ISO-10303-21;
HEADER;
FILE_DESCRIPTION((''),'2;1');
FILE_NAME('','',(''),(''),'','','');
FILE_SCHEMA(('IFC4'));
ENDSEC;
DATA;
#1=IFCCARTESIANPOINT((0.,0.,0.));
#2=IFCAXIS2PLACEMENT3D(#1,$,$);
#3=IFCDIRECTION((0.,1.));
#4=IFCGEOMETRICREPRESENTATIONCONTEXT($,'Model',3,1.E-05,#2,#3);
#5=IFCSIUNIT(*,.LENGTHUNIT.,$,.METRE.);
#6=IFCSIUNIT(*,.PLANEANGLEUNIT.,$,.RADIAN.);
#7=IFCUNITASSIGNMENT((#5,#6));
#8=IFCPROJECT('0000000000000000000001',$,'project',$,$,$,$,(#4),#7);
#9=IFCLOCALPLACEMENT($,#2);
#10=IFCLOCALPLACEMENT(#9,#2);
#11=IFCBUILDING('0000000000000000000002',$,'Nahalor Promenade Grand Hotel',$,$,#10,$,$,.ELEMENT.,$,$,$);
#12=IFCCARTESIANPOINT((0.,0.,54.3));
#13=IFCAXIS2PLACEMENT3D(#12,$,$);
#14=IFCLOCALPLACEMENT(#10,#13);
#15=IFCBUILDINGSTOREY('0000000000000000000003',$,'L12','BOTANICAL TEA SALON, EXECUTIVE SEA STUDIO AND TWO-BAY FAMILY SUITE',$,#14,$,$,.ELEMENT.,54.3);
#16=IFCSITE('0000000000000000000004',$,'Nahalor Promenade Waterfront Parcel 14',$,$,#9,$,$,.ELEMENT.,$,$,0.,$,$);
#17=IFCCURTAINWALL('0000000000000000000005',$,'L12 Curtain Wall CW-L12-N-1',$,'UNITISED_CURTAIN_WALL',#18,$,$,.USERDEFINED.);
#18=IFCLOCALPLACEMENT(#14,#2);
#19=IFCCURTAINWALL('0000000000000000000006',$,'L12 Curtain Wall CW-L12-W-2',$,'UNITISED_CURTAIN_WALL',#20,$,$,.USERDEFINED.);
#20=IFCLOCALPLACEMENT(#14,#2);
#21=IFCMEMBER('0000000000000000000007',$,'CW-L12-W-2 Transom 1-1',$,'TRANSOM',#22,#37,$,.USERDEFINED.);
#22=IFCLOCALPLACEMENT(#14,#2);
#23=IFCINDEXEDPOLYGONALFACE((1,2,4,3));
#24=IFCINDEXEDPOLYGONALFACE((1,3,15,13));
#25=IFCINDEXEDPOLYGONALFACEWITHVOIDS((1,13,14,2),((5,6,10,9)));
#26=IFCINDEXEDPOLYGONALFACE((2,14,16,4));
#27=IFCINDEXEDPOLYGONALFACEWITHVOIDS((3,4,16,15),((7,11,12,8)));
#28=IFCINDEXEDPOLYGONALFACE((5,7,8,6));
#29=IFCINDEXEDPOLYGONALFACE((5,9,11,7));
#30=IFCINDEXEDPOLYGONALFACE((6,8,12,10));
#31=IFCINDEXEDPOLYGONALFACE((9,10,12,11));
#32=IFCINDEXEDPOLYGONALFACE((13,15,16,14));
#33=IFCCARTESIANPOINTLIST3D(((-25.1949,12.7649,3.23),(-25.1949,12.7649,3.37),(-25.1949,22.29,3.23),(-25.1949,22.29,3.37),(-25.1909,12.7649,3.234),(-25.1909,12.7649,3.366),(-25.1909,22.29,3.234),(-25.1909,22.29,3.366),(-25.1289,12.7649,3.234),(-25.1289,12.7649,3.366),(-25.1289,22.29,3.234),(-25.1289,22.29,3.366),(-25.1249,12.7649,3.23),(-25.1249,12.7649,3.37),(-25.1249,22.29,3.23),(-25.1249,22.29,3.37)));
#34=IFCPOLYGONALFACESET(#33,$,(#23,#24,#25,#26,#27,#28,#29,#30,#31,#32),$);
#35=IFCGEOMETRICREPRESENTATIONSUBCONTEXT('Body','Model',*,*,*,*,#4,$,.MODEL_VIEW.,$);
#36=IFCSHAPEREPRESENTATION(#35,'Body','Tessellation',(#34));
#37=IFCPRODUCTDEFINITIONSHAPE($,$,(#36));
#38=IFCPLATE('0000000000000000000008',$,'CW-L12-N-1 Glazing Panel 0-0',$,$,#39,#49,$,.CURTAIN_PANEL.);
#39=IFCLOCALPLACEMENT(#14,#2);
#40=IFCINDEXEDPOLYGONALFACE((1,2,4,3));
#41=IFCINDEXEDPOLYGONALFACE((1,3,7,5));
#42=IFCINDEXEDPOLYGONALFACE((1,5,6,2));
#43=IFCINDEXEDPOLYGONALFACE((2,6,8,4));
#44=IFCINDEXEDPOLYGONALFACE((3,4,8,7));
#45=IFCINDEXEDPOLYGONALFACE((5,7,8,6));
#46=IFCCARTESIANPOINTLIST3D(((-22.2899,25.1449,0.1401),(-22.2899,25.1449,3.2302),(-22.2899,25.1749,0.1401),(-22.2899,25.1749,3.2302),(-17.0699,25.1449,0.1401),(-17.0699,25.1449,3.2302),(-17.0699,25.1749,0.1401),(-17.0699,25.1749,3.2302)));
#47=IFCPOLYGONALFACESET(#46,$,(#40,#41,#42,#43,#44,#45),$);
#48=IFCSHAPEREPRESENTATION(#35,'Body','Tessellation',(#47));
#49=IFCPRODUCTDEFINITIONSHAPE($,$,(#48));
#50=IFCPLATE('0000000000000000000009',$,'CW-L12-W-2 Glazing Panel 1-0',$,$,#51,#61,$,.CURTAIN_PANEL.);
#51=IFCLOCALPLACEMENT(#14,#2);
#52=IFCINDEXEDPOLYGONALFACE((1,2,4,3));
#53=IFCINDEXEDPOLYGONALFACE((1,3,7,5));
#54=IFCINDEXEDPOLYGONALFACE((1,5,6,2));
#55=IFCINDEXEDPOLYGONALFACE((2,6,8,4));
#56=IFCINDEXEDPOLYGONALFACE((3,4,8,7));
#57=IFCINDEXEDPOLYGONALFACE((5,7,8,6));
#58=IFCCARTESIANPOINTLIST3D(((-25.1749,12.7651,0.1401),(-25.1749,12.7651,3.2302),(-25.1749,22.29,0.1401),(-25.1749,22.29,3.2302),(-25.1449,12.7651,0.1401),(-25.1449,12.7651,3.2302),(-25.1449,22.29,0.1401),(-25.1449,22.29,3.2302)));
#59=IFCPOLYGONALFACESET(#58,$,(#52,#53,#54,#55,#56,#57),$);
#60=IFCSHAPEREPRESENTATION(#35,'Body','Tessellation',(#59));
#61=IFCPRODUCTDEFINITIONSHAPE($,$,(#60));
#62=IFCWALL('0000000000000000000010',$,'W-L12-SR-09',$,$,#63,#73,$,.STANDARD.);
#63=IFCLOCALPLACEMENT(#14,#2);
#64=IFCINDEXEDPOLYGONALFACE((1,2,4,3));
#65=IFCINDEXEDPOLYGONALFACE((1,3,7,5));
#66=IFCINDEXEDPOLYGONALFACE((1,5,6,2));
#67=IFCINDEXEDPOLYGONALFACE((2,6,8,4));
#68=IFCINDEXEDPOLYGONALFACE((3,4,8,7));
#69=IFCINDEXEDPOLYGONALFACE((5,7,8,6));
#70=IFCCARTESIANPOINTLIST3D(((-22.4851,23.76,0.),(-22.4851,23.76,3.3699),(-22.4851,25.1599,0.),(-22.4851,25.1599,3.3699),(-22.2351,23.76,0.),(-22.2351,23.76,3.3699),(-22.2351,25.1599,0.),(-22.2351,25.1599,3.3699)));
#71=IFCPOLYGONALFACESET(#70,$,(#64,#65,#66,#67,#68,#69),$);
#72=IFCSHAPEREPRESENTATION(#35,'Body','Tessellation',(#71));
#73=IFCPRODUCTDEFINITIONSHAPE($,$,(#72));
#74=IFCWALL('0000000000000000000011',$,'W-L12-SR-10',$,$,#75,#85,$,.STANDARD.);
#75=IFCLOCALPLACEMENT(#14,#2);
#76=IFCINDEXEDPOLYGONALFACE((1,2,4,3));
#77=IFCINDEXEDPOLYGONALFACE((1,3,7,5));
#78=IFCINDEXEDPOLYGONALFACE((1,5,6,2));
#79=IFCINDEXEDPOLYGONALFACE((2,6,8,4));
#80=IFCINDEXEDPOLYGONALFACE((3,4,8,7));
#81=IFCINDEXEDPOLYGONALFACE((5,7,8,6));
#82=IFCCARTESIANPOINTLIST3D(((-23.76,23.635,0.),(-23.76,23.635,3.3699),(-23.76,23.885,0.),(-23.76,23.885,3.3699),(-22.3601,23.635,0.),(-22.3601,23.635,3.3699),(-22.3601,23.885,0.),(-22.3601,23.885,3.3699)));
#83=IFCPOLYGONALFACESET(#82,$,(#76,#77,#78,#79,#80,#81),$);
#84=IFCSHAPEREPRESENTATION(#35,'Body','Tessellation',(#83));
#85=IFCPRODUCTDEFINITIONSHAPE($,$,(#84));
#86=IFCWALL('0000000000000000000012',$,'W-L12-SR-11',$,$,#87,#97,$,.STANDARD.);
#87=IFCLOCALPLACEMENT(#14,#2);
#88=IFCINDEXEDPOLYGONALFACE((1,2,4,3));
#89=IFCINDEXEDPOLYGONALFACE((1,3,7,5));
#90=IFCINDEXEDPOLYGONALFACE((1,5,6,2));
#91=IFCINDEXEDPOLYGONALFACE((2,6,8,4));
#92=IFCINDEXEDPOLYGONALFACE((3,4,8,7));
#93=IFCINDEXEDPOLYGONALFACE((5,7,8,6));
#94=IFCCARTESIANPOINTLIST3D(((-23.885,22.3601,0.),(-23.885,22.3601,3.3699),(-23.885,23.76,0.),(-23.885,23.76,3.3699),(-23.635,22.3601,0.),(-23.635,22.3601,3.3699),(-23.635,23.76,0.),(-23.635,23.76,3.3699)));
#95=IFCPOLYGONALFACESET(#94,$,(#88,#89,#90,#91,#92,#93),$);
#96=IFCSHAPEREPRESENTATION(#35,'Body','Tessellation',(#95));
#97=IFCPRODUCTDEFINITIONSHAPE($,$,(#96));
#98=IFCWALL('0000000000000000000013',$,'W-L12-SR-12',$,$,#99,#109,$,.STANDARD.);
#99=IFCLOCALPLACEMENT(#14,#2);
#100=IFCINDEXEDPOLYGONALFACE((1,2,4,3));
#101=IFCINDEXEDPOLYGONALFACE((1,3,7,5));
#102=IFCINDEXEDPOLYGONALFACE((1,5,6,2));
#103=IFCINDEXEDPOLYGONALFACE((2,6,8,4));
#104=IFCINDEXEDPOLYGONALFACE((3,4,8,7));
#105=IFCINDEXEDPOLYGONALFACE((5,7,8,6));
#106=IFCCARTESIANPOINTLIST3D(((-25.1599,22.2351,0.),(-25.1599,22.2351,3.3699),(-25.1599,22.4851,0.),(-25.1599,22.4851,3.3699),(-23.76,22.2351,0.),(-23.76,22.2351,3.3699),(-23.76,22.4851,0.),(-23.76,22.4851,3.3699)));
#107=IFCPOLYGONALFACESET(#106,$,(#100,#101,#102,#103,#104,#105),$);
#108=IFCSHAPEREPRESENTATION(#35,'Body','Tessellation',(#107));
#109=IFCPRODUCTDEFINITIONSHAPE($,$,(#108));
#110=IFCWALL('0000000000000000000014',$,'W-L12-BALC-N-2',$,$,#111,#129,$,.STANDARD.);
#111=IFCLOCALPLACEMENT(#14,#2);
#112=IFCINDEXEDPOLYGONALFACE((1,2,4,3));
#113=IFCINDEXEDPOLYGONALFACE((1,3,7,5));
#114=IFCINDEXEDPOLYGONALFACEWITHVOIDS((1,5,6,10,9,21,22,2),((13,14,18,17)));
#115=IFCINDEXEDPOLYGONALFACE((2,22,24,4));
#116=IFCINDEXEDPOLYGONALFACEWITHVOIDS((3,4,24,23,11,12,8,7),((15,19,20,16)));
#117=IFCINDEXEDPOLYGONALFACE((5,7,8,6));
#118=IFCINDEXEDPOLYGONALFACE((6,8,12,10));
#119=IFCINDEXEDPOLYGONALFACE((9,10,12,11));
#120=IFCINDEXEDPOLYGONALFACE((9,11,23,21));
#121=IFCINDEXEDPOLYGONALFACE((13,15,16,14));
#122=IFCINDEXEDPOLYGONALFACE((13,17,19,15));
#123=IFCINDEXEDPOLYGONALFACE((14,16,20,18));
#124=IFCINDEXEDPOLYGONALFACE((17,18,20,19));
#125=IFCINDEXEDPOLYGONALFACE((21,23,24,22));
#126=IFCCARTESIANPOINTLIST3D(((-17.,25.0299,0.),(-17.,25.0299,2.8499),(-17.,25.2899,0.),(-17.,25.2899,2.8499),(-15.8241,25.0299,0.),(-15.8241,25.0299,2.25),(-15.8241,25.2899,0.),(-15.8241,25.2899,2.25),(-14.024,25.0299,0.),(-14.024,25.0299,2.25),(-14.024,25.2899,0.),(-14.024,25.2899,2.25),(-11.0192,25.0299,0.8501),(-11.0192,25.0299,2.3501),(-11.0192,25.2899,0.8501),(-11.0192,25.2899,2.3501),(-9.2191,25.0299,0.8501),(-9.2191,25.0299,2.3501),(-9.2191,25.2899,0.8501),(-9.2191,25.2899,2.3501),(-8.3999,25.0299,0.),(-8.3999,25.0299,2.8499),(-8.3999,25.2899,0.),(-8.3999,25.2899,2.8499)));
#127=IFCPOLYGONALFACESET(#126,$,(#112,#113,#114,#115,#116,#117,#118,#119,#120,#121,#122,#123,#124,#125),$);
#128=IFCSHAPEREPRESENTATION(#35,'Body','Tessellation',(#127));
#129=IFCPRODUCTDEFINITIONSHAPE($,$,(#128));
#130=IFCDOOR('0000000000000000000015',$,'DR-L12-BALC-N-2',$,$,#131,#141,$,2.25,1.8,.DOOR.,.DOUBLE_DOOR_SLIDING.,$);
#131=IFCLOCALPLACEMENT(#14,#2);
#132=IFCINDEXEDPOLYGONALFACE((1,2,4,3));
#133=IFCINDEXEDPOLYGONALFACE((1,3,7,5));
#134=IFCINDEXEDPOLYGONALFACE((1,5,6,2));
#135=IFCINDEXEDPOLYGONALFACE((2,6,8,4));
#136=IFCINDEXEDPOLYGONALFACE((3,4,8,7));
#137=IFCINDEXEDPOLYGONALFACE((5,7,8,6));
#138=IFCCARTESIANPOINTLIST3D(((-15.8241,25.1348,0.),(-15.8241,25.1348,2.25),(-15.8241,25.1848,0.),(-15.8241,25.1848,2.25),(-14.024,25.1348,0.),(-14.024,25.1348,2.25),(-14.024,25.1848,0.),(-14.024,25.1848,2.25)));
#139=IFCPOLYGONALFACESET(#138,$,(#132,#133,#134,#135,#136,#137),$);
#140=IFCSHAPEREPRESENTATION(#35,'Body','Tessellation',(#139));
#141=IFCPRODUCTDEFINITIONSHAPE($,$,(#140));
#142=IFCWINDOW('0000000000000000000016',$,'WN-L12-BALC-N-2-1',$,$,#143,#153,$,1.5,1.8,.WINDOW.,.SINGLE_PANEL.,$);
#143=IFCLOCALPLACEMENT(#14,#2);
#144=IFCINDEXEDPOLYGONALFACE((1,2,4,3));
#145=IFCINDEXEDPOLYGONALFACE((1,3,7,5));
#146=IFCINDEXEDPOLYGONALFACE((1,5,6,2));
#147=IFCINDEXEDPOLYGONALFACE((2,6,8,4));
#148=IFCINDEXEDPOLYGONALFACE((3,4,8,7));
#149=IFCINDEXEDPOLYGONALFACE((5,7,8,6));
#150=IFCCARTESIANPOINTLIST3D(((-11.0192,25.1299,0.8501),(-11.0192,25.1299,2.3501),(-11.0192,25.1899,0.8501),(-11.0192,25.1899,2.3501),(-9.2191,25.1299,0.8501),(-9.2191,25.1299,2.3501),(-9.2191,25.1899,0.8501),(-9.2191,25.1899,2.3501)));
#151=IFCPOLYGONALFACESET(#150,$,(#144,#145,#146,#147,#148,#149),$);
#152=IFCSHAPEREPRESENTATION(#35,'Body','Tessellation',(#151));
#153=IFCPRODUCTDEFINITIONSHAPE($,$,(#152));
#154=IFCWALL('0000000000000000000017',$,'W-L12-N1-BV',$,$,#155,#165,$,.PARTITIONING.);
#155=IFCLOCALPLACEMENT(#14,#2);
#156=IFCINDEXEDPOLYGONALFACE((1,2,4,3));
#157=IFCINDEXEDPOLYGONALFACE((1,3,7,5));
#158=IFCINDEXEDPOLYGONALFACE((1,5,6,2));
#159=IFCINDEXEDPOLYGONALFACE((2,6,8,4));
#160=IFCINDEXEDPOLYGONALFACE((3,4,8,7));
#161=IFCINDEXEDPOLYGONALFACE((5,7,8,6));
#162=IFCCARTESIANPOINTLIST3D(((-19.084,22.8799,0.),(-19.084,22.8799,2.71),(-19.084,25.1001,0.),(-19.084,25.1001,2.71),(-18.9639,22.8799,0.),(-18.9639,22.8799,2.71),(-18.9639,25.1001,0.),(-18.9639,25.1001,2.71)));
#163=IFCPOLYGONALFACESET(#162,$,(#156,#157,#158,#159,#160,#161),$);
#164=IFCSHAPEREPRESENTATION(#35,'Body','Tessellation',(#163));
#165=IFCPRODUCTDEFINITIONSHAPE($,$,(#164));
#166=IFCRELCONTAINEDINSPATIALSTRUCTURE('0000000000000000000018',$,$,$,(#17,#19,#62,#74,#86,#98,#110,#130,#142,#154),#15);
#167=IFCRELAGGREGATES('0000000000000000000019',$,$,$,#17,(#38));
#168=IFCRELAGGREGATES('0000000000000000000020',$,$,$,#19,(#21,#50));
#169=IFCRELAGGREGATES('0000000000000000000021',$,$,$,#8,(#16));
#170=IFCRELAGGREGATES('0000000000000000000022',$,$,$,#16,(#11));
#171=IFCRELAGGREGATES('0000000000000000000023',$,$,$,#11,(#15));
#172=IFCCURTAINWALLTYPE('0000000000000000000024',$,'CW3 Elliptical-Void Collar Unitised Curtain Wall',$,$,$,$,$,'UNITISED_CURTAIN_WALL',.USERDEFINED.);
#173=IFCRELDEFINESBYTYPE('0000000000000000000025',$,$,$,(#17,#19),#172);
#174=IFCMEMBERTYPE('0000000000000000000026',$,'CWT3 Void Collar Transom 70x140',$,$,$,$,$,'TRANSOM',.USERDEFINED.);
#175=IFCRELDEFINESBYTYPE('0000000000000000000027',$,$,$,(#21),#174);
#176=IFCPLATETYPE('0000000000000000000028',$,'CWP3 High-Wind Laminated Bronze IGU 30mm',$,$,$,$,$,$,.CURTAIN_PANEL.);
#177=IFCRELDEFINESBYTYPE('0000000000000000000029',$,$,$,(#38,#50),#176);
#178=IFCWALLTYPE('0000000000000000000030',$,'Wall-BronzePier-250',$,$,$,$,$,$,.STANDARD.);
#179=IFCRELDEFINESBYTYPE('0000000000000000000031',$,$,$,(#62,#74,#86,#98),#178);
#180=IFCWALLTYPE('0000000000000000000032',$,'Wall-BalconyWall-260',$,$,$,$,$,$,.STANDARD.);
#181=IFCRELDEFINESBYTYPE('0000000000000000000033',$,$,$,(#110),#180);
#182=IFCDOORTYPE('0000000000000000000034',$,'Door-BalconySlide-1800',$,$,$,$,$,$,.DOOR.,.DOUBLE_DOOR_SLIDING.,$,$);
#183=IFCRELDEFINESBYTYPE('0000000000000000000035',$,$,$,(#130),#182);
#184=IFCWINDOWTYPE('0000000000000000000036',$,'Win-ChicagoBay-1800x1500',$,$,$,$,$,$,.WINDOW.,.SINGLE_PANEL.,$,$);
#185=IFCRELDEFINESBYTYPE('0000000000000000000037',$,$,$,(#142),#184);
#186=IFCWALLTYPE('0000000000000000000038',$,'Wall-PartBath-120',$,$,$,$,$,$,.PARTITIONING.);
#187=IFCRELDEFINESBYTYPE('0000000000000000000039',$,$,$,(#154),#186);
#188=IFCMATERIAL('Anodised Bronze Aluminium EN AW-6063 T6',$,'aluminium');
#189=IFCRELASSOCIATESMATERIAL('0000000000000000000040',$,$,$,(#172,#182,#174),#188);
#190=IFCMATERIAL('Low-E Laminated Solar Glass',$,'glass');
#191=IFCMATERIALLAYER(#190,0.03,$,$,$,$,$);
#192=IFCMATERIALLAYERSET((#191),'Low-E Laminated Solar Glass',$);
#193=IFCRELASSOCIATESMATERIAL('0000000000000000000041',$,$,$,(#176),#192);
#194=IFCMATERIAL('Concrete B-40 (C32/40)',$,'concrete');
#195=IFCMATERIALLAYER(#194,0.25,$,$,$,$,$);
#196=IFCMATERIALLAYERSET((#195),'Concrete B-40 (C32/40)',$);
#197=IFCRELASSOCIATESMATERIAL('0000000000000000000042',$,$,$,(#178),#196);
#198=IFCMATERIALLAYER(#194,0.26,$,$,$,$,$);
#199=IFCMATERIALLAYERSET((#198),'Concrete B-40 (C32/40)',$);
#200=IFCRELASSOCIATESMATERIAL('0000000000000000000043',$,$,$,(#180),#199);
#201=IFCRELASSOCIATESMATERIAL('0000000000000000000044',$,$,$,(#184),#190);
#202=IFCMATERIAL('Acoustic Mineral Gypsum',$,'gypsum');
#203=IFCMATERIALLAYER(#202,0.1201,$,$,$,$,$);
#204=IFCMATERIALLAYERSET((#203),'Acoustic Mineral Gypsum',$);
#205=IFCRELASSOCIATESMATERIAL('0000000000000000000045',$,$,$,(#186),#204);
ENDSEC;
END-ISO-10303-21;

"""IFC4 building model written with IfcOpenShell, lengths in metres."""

from ifc_helpers import new_model, si_unit, direction, frame, frame_2d, origin, origin_2d, place, context, subcontext, project, spatial, rectangle, hollow_rectangle, extrude, source, transform, mapped, material, layer, layer_set, material_profile, profile_set, type_object, element, fill, aggregate, save


model = new_model("IFC4")

# Units and contexts
model_context = context("Model", 3, precision=1e-05, world=origin(), true_north=direction((0.0, 1.0)))
body_context = subcontext(model_context, "Body", "Model", "MODEL_VIEW")
ifc_project = project(units=[si_unit("LENGTHUNIT", "METRE"), si_unit("PLANEANGLEUNIT", "RADIAN")], contexts=[model_context])

# Site, building, storey
site_placement = place(None, origin())
site = spatial("IfcSite", under=ifc_project, at=site_placement, Name="Nahalor Promenade Waterfront Parcel 14", CompositionType="ELEMENT", RefElevation=0.0)
building_placement = place(site_placement, origin())
building = spatial("IfcBuilding", under=site, at=building_placement, Name="Nahalor Promenade Grand Hotel", CompositionType="ELEMENT")
storey_placement = place(building_placement, frame((0.0, 0.0, 54.3)))
storey = spatial("IfcBuildingStorey", under=building, at=storey_placement, Name="L12", Description="BOTANICAL TEA SALON, EXECUTIVE SEA STUDIO AND TWO-BAY FAMILY SUITE", CompositionType="ELEMENT", Elevation=54.3)

# Curtain wall
ifc_material_1 = material(Name="Anodised Bronze Aluminium EN AW-6063 T6", Category="aluminium")
curtain_wall_type = type_object("IfcCurtainWallType", Name="CW3 Elliptical-Void Collar Unitised Curtain Wall", ElementType="UNITISED_CURTAIN_WALL", PredefinedType="USERDEFINED", material=ifc_material_1)
curtain_wall_1_placement = place(storey_placement, origin())
curtain_wall_1 = element("IfcCurtainWall", 1, at=curtain_wall_1_placement, inside=storey, type_object=curtain_wall_type, Name="L12 Curtain Wall CW-L12-N-1", ObjectType="UNITISED_CURTAIN_WALL", PredefinedType="USERDEFINED")

# Curtain wall
curtain_wall_2_placement = place(storey_placement, origin())
curtain_wall_2 = element("IfcCurtainWall", 2, at=curtain_wall_2_placement, inside=storey, type_object=curtain_wall_type, Name="L12 Curtain Wall CW-L12-W-2", ObjectType="UNITISED_CURTAIN_WALL", PredefinedType="USERDEFINED")

# Member
ifc_material_profile_1 = material_profile(ifc_material_1, hollow_rectangle(XDim=0.07, YDim=0.14, WallThickness=0.004, at=origin_2d()), Name="CWT 70x140x4")
ifc_profile_set_1 = profile_set([ifc_material_profile_1], Name="Anodised Bronze Aluminium EN AW-6063 T6")
member_type_1 = type_object("IfcMemberType", Name="CWT3 Void Collar Transom 70x140", ElementType="TRANSOM", PredefinedType="USERDEFINED", material=ifc_profile_set_1)
shared_shape_1 = source(origin(), body_context, "Body", "SweptSolid", [
    extrude(hollow_rectangle(XDim=0.07, YDim=0.14, WallThickness=0.004, at=origin_2d()), origin(), (0.0, 0.0, 1.0), 9.5251),
])
member_1_placement = place(storey_placement, frame((-25.1599, 12.7649, 3.3), z_axis=(0.0, 1.0, 0.0), x_axis=(-1.0, 0.0, 0.0)))
member_1 = element("IfcMember", 3, at=member_1_placement, type_object=member_type_1, Name="CW-L12-W-2 Transom 1-1", ObjectType="TRANSOM", PredefinedType="USERDEFINED", context=body_context, shape_type="MappedRepresentation", body=[
    mapped(shared_shape_1, transform((0.0, 0.0, 0.0), scale=1.0)),
])

# Plates
ifc_material_2 = material(Name="Low-E Laminated Solar Glass", Category="glass")
ifc_layer_1 = layer(ifc_material_2, 0.03)
ifc_layer_set_1 = layer_set([ifc_layer_1], Name="Low-E Laminated Solar Glass")
plate_type = type_object("IfcPlateType", Name="CWP3 High-Wind Laminated Bronze IGU 30mm", PredefinedType="CURTAIN_PANEL", material=ifc_layer_set_1)
shared_shape_2 = source(origin(), body_context, "Body", "SweptSolid", [
    extrude(rectangle(XDim=5.22, YDim=0.03, at=origin_2d()), origin(), (0.0, 0.0, 1.0), 3.0901),
])
plate_1_placement = place(storey_placement, frame((-19.6799, 25.1599, 0.1401), z_axis=(0.0, 0.0, 1.0), x_axis=(1.0, 0.0, 0.0)))
plate_1 = element("IfcPlate", 4, at=plate_1_placement, type_object=plate_type, Name="CW-L12-N-1 Glazing Panel 0-0", PredefinedType="CURTAIN_PANEL", context=body_context, shape_type="MappedRepresentation", body=[
    mapped(shared_shape_2, transform((0.0, 0.0, 0.0), scale=1.0)),
])
aggregate(curtain_wall_1, [plate_1])
shared_shape_3 = source(origin(), body_context, "Body", "SweptSolid", [
    extrude(rectangle(XDim=9.5249, YDim=0.03, at=origin_2d()), origin(), (0.0, 0.0, 1.0), 3.0901),
])
plate_2_placement = place(storey_placement, frame((-25.1599, 17.5276, 0.1401), z_axis=(0.0, 0.0, 1.0), x_axis=(0.0, 1.0, 0.0)))
plate_2 = element("IfcPlate", 5, at=plate_2_placement, type_object=plate_type, Name="CW-L12-W-2 Glazing Panel 1-0", PredefinedType="CURTAIN_PANEL", context=body_context, shape_type="MappedRepresentation", body=[
    mapped(shared_shape_3, transform((0.0, 0.0, 0.0), scale=1.0)),
])
aggregate(curtain_wall_2, [member_1, plate_2])

# Walls
ifc_material_3 = material(Name="Concrete B-40 (C32/40)", Category="concrete")
ifc_layer_2 = layer(ifc_material_3, 0.25)
ifc_layer_set_2 = layer_set([ifc_layer_2], Name="Concrete B-40 (C32/40)")
wall_type_1 = type_object("IfcWallType", Name="Wall-BronzePier-250", PredefinedType="STANDARD", material=ifc_layer_set_2)
shared_shape_4 = source(origin(), body_context, "Body", "SweptSolid", [
    extrude(rectangle(XDim=1.3999, YDim=0.25, at=frame_2d((0.7, 0.0))), origin(), (0.0, 0.0, 1.0), 3.3699),
])
for number, where, z_axis, x_axis, name in (
    (6, (-22.3601, 23.76, 0.0), (0.0, 0.0, 1.0), (0.0, 1.0, 0.0), "W-L12-SR-09"),
    (7, (-23.76, 23.76, 0.0), (0.0, 0.0, 1.0), (1.0, 0.0, 0.0), "W-L12-SR-10"),
    (8, (-23.76, 22.3601, 0.0), (0.0, 0.0, 1.0), (0.0, 1.0, 0.0), "W-L12-SR-11"),
    (9, (-25.1599, 22.3601, 0.0), (0.0, 0.0, 1.0), (1.0, 0.0, 0.0), "W-L12-SR-12"),
):
    element("IfcWall", number, at=place(storey_placement, frame(where, z_axis=z_axis, x_axis=x_axis)), inside=storey, type_object=wall_type_1, Name=name, PredefinedType="STANDARD", context=body_context, shape_type="MappedRepresentation", body=[
        mapped(shared_shape_4, transform((0.0, 0.0, 0.0), scale=1.0)),
    ])

# Wall, openings, door, window
ifc_layer_3 = layer(ifc_material_3, 0.26)
ifc_layer_set_3 = layer_set([ifc_layer_3], Name="Concrete B-40 (C32/40)")
wall_type_2 = type_object("IfcWallType", Name="Wall-BalconyWall-260", PredefinedType="STANDARD", material=ifc_layer_set_3)
shared_shape_5 = source(origin(), body_context, "Body", "SweptSolid", [
    extrude(rectangle(XDim=8.6001, YDim=0.26, at=frame_2d((4.3, 0.0))), origin(), (0.0, 0.0, 1.0), 2.8499),
])
wall_1_placement = place(storey_placement, frame((-17.0, 25.1599, 0.0), z_axis=(0.0, 0.0, 1.0), x_axis=(1.0, 0.0, 0.0)))
wall_1 = element("IfcWall", 10, at=wall_1_placement, inside=storey, type_object=wall_type_2, Name="W-L12-BALC-N-2", PredefinedType="STANDARD", context=body_context, shape_type="MappedRepresentation", body=[
    mapped(shared_shape_5, transform((0.0, 0.0, 0.0), scale=1.0)),
])
opening_1_placement = place(wall_1_placement, frame((1.176, 0.0, 0.0)))
opening_1 = element("IfcOpeningElement", 11, at=opening_1_placement, cuts=wall_1, PredefinedType="OPENING", context=body_context, shape_type="SweptSolid", body=[
    extrude(rectangle(XDim=1.8, YDim=2.25, at=frame_2d((0.8999, 1.125))), frame((0.0, 0.1399, 0.0), z_axis=(0.0, -1.0, 0.0), x_axis=(1.0, 0.0, 0.0)), (0.0, 0.0, 1.0), 0.28),
])
opening_2_placement = place(wall_1_placement, frame((5.981, 0.0, 0.8501)))
opening_2 = element("IfcOpeningElement", 12, at=opening_2_placement, cuts=wall_1, PredefinedType="OPENING", context=body_context, shape_type="SweptSolid", body=[
    extrude(rectangle(XDim=1.8, YDim=1.5, at=frame_2d((0.8999, 0.75))), frame((0.0, 0.1399, 0.0), z_axis=(0.0, -1.0, 0.0), x_axis=(1.0, 0.0, 0.0)), (0.0, 0.0, 1.0), 0.28),
])
door_type_1 = type_object("IfcDoorType", Name="Door-BalconySlide-1800", OperationType="DOUBLE_DOOR_SLIDING", PredefinedType="DOOR", material=ifc_material_1)
shared_shape_6 = source(origin(), body_context, "Body", "SweptSolid", [
    extrude(rectangle(XDim=1.8, YDim=2.25, at=frame_2d((0.8999, 1.125))), frame((0.0, 0.0249, 0.0), z_axis=(0.0, -1.0, 0.0), x_axis=(1.0, 0.0, 0.0)), (0.0, 0.0, 1.0), 0.05),
])
door_1_placement = place(opening_1_placement, origin())
door_1 = element("IfcDoor", 13, at=door_1_placement, inside=storey, type_object=door_type_1, Name="DR-L12-BALC-N-2", OperationType="DOUBLE_DOOR_SLIDING", OverallHeight=2.25, OverallWidth=1.8, PredefinedType="DOOR", context=body_context, shape_type="MappedRepresentation", body=[
    mapped(shared_shape_6, transform((0.0, 0.0, 0.0), scale=1.0)),
])
fill(opening_1, door_1)
window_type = type_object("IfcWindowType", Name="Win-ChicagoBay-1800x1500", PartitioningType="SINGLE_PANEL", PredefinedType="WINDOW", material=ifc_material_2)
shared_shape_7 = source(origin(), body_context, "Body", "SweptSolid", [
    extrude(rectangle(XDim=1.8, YDim=1.5, at=frame_2d((0.8999, 0.75))), frame((0.0, 0.03, 0.0), z_axis=(0.0, -1.0, 0.0), x_axis=(1.0, 0.0, 0.0)), (0.0, 0.0, 1.0), 0.0601),
])
window_placement = place(opening_2_placement, origin())
window = element("IfcWindow", 14, at=window_placement, inside=storey, type_object=window_type, Name="WN-L12-BALC-N-2-1", OverallHeight=1.5, OverallWidth=1.8, PartitioningType="SINGLE_PANEL", PredefinedType="WINDOW", context=body_context, shape_type="MappedRepresentation", body=[
    mapped(shared_shape_7, transform((0.0, 0.0, 0.0), scale=1.0)),
])
fill(opening_2, window)

# Wall
ifc_material_4 = material(Name="Acoustic Mineral Gypsum", Category="gypsum")
ifc_layer_4 = layer(ifc_material_4, 0.1201)
ifc_layer_set_4 = layer_set([ifc_layer_4], Name="Acoustic Mineral Gypsum")
wall_type_3 = type_object("IfcWallType", Name="Wall-PartBath-120", PredefinedType="PARTITIONING", material=ifc_layer_set_4)
shared_shape_8 = source(origin(), body_context, "Body", "SweptSolid", [
    extrude(rectangle(XDim=2.2202, YDim=0.1201, at=frame_2d((1.1101, 0.0))), origin(), (0.0, 0.0, 1.0), 2.71),
])
wall_2_placement = place(storey_placement, frame((-19.0239, 22.8799, 0.0), z_axis=(0.0, 0.0, 1.0), x_axis=(0.0, 1.0, 0.0)))
element("IfcWall", 15, at=wall_2_placement, inside=storey, type_object=wall_type_3, Name="W-L12-N1-BV", PredefinedType="PARTITIONING", context=body_context, shape_type="MappedRepresentation", body=[
    mapped(shared_shape_8, transform((0.0, 0.0, 0.0), scale=1.0)),
])

save(model, "model.ifc")
